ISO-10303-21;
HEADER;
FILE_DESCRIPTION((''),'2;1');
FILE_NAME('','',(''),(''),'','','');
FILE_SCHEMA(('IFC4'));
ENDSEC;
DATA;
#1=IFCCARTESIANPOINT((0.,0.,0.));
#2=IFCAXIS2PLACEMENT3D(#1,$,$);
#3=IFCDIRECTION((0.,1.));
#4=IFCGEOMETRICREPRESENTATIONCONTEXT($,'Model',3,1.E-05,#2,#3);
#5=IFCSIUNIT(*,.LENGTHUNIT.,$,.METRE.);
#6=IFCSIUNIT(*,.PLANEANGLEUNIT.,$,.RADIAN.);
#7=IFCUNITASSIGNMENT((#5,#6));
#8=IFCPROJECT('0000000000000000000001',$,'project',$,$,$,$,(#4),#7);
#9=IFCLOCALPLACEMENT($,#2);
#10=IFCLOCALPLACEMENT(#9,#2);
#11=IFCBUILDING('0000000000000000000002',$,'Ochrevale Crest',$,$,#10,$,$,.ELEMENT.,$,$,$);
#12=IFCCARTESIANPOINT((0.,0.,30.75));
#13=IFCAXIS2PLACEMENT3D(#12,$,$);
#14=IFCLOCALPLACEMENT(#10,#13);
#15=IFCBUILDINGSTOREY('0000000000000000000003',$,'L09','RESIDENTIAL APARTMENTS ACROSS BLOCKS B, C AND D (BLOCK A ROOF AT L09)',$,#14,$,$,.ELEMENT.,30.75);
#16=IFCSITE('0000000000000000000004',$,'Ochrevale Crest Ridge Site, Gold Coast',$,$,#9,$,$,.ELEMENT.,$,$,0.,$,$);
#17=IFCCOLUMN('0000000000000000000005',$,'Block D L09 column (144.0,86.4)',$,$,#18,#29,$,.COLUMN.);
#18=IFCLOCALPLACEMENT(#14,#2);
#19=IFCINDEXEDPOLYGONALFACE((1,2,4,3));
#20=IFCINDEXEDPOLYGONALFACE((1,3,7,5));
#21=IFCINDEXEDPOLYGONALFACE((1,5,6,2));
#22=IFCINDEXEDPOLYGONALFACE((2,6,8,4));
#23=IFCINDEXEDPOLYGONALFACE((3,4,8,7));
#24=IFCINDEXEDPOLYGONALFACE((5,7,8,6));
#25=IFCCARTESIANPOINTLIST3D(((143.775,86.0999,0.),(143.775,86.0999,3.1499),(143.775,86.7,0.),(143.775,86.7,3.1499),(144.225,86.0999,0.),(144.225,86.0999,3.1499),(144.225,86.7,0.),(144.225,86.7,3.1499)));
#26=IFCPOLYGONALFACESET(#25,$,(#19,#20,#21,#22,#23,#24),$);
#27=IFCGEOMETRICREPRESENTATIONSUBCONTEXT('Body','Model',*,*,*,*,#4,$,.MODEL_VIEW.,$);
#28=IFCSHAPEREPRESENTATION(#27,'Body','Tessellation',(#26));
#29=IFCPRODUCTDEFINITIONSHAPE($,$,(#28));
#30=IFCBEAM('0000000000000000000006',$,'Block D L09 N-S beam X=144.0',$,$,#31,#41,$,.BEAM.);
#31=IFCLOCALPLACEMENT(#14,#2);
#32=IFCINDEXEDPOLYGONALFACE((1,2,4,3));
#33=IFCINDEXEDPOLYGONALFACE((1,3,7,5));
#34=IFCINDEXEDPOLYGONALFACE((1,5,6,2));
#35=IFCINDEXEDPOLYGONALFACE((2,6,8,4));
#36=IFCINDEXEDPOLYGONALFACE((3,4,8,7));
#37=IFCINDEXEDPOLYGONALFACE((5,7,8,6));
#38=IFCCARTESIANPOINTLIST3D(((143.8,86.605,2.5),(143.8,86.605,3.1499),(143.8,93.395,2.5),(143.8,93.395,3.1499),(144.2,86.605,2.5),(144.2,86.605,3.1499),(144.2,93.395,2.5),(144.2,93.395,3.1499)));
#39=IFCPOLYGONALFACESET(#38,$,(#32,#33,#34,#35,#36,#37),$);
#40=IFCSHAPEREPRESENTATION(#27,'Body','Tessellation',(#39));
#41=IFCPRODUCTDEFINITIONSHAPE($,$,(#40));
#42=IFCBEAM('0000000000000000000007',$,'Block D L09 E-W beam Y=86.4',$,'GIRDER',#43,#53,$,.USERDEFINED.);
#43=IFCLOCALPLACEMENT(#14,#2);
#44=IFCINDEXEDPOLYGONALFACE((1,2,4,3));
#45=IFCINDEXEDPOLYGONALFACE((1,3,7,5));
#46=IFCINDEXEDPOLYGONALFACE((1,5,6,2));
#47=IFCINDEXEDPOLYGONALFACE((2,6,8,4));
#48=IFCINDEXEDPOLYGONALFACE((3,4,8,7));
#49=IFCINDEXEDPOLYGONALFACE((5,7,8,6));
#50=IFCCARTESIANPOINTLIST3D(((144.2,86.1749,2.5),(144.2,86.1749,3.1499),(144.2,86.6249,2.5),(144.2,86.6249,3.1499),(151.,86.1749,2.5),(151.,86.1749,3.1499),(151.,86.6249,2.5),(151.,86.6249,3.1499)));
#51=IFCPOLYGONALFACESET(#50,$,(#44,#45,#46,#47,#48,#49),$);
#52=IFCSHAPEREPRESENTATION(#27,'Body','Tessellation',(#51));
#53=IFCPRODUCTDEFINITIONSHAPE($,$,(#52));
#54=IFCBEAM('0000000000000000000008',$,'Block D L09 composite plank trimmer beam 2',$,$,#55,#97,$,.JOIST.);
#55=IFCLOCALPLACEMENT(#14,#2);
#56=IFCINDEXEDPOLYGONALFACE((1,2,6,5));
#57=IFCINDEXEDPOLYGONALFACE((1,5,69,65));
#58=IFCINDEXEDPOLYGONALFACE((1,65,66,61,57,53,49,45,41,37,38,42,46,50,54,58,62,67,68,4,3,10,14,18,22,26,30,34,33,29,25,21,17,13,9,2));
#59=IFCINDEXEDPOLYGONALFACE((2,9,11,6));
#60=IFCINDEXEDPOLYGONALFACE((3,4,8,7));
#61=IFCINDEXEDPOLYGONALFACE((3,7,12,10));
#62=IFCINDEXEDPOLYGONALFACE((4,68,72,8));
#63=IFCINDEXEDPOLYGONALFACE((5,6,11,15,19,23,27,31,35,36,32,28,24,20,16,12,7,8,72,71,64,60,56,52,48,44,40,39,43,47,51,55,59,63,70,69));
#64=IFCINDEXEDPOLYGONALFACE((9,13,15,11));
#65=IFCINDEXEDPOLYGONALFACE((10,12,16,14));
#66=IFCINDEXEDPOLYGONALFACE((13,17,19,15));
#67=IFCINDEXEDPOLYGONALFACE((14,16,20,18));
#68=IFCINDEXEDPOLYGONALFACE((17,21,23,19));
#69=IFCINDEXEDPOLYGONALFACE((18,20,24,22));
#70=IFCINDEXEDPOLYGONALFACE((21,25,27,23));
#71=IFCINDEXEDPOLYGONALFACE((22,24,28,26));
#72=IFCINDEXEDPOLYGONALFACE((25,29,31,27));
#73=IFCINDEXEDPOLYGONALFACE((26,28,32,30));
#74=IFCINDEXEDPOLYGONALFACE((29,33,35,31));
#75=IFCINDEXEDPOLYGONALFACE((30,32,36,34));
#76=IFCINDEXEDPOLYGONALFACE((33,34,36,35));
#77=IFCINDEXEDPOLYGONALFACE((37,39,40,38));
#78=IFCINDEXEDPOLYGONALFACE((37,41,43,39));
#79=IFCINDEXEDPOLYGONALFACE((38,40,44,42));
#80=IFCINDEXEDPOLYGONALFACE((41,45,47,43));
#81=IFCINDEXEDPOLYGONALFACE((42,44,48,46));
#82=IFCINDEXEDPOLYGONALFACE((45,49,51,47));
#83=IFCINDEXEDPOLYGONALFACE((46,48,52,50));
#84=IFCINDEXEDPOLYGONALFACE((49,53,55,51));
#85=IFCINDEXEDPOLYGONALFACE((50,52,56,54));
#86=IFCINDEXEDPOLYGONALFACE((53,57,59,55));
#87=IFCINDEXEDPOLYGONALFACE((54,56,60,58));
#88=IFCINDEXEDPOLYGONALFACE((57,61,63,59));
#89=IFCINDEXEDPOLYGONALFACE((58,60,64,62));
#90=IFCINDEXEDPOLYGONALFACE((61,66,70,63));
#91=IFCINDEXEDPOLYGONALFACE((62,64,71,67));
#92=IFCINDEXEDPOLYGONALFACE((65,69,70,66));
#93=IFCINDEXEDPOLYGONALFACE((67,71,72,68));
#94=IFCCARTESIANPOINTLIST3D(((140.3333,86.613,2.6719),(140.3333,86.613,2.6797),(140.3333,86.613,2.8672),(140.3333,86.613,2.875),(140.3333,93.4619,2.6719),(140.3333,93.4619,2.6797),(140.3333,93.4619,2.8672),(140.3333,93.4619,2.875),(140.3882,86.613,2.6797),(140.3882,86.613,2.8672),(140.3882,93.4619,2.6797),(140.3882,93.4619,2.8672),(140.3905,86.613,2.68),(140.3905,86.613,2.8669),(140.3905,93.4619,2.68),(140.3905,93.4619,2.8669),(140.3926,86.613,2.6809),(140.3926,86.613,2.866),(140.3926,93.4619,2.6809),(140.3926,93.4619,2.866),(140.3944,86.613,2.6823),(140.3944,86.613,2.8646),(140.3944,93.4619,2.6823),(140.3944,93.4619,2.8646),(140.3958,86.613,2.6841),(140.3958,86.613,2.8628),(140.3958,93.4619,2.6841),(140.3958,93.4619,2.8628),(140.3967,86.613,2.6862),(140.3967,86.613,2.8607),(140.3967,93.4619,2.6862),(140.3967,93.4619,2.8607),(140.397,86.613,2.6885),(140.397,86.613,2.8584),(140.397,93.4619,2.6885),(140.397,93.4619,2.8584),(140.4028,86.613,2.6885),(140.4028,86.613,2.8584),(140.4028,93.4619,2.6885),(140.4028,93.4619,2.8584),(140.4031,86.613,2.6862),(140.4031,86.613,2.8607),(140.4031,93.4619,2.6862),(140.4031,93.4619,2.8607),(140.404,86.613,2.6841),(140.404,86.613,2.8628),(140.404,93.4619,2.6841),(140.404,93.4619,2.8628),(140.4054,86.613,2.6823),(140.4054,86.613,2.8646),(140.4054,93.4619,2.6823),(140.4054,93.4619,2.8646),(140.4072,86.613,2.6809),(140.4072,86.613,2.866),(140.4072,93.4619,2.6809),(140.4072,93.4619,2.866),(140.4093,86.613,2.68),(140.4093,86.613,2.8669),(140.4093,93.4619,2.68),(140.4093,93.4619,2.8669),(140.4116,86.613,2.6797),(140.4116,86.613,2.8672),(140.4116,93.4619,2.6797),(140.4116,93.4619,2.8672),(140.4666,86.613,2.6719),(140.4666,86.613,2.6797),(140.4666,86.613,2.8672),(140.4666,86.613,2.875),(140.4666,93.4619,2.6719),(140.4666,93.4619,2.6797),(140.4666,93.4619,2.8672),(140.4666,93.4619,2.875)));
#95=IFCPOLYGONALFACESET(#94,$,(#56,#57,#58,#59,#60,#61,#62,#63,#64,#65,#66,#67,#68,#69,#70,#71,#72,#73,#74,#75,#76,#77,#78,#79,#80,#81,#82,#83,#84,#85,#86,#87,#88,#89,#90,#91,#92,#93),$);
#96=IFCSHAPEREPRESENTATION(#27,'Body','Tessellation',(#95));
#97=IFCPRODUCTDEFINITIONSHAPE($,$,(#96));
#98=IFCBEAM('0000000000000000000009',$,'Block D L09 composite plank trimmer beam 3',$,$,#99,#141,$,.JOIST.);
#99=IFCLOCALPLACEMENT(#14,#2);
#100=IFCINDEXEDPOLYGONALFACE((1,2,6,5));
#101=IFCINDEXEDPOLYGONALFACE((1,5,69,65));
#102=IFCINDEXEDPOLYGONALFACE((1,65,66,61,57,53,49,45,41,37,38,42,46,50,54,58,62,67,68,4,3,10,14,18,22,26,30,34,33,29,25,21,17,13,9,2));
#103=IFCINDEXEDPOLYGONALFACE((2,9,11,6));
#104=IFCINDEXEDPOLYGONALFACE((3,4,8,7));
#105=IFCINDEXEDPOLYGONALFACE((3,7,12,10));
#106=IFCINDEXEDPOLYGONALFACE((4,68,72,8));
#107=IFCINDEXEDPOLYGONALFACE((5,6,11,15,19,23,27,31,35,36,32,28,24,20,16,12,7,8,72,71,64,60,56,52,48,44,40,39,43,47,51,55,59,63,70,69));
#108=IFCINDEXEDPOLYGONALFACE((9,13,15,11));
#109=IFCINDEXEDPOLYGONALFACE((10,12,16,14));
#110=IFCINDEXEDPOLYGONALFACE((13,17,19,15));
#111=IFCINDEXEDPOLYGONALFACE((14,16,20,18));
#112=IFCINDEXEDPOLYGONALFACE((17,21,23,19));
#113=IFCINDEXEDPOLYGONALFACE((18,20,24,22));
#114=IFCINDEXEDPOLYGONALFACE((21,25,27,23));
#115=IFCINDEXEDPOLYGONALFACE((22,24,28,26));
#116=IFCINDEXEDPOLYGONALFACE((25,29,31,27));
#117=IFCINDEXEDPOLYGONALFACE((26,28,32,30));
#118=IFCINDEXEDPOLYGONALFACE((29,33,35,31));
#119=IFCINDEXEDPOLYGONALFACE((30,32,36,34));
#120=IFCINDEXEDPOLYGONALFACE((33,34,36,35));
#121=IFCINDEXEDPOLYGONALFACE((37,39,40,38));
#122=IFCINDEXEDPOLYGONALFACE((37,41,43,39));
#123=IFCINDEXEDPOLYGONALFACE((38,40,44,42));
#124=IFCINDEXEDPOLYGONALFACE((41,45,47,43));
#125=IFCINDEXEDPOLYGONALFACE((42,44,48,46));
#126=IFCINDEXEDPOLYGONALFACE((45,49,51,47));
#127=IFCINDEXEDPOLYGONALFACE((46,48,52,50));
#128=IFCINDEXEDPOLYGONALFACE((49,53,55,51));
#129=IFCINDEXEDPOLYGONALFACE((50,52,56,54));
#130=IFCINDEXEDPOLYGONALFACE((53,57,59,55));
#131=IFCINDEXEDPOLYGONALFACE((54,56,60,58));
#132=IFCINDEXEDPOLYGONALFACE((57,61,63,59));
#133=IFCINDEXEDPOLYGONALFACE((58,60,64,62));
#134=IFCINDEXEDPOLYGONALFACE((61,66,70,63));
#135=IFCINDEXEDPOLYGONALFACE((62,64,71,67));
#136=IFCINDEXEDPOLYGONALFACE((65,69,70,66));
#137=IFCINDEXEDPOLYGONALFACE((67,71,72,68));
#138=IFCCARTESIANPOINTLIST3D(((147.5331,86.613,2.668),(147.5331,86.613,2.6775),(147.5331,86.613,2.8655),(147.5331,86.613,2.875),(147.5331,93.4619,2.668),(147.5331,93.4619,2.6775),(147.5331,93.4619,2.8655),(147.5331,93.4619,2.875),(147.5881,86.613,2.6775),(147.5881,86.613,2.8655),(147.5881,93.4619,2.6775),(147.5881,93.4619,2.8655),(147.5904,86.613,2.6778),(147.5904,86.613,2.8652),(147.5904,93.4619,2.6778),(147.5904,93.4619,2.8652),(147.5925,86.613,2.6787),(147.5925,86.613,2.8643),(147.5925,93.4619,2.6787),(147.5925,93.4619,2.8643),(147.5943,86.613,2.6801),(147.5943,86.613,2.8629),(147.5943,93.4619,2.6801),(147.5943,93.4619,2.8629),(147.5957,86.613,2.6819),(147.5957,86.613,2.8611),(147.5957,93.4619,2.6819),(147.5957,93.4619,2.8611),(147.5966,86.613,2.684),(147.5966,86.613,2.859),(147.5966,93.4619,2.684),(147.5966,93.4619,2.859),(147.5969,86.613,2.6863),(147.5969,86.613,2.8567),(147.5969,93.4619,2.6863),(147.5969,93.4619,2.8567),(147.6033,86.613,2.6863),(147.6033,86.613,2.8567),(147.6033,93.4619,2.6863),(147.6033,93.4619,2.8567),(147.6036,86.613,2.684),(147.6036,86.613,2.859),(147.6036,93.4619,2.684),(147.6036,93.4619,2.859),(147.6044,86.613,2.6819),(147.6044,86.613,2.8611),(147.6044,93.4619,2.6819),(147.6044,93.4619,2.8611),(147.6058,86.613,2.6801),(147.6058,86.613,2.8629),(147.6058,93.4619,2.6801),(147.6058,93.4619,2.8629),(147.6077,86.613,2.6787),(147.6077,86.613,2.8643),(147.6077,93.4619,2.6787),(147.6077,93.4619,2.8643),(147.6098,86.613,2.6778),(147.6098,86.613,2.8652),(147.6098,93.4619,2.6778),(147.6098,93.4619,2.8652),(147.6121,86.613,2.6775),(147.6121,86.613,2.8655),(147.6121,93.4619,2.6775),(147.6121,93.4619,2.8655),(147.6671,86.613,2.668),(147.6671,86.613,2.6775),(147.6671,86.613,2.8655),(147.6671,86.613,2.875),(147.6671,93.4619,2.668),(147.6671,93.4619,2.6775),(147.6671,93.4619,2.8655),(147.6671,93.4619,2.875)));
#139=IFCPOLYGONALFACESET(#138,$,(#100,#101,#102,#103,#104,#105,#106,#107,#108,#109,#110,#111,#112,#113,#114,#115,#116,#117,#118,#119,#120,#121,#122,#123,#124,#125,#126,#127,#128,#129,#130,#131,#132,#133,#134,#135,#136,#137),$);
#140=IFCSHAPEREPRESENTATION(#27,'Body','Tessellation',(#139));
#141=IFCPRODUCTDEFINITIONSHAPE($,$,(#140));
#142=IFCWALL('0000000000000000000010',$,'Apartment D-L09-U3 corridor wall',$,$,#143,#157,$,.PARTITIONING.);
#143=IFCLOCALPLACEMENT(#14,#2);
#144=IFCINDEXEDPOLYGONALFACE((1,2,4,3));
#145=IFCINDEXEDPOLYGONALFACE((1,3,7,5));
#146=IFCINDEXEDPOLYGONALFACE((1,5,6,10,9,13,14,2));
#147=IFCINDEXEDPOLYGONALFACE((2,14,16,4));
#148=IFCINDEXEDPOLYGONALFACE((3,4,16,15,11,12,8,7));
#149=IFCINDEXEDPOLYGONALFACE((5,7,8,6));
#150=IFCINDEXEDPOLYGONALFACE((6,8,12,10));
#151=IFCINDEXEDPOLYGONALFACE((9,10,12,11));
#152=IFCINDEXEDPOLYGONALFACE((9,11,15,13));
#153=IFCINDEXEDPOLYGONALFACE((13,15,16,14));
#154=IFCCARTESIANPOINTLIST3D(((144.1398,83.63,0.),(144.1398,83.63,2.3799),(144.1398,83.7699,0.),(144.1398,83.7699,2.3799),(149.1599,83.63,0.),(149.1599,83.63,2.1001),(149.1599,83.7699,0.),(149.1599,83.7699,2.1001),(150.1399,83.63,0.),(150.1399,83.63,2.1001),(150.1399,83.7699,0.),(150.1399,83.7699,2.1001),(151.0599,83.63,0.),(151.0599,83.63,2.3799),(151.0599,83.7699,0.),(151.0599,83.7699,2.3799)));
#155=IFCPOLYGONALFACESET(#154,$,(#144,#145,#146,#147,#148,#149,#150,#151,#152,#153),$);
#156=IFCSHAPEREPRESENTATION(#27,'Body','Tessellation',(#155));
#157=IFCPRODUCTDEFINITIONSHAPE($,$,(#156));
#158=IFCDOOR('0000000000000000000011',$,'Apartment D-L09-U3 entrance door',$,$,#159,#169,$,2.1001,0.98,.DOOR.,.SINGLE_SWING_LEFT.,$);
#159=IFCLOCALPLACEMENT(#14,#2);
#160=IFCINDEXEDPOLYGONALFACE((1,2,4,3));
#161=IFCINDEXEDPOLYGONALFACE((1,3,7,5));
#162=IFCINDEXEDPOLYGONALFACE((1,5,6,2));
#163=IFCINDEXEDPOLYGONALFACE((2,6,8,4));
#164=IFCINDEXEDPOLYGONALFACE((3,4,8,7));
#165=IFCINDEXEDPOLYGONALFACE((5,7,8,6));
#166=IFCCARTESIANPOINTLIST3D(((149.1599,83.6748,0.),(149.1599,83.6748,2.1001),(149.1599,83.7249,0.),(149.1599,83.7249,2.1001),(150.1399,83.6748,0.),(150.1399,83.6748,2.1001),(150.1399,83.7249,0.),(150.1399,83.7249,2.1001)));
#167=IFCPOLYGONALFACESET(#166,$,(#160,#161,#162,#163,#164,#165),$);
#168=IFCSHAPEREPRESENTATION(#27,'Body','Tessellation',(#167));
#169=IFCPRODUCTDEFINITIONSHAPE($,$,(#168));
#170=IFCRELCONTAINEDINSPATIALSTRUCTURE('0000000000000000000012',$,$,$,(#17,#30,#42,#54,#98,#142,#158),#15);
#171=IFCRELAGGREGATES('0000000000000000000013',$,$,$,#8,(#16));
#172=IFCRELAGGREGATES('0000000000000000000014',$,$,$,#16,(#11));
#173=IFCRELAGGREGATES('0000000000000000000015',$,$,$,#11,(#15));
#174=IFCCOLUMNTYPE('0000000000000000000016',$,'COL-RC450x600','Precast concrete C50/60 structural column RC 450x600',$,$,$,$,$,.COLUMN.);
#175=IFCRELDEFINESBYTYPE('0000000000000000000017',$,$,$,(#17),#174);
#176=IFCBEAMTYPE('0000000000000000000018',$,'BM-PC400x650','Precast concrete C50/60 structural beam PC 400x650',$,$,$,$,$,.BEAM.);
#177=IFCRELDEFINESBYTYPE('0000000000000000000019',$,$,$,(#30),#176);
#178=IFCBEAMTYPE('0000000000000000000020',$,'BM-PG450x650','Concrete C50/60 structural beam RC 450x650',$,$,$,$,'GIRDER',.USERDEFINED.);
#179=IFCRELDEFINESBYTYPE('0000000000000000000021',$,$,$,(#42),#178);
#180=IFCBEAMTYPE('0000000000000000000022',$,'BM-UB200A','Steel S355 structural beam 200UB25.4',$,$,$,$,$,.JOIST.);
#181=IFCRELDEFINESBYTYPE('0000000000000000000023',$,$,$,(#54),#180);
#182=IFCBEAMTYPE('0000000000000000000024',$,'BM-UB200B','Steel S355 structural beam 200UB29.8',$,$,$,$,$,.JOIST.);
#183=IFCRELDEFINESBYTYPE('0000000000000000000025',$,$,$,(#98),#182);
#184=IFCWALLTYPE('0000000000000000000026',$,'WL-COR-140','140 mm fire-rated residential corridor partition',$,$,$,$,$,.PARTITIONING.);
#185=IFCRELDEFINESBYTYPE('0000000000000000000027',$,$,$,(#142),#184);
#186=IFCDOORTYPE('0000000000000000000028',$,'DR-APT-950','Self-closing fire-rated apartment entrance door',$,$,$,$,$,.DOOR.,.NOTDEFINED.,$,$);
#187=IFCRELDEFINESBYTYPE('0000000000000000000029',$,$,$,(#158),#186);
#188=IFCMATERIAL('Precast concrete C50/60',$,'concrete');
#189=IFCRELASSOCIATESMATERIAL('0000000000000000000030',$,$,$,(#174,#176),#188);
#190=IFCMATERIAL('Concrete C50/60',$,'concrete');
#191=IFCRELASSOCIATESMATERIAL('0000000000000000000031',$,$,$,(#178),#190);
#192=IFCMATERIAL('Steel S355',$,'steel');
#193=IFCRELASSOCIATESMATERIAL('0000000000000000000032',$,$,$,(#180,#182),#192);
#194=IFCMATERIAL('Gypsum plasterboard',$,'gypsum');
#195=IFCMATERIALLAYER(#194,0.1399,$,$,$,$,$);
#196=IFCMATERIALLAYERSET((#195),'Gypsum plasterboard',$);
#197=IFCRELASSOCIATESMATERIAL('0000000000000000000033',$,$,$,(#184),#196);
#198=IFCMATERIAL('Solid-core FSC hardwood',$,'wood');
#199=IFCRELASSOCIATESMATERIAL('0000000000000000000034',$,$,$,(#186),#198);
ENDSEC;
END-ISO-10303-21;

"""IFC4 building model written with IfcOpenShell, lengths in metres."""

from ifc_helpers import new_model, si_unit, direction, frame, frame_2d, origin, origin_2d, place, context, subcontext, project, spatial, rectangle, i_section, extrude, material, layer, layer_set, material_profile, profile_set, type_object, element, fill, save


model = new_model("IFC4")

# Units and contexts
model_context = context("Model", 3, precision=1e-05, world=origin(), true_north=direction((0.0, 1.0)))
body_context = subcontext(model_context, "Body", "Model", "MODEL_VIEW")
ifc_project = project(units=[si_unit("LENGTHUNIT", "METRE"), si_unit("PLANEANGLEUNIT", "RADIAN")], contexts=[model_context])

# Site, building, storey
site_placement = place(None, origin())
site = spatial("IfcSite", under=ifc_project, at=site_placement, Name="Ochrevale Crest Ridge Site, Gold Coast", CompositionType="ELEMENT", RefElevation=0.0)
building_placement = place(site_placement, origin())
building = spatial("IfcBuilding", under=site, at=building_placement, Name="Ochrevale Crest", CompositionType="ELEMENT")
storey_placement = place(building_placement, frame((0.0, 0.0, 30.75)))
storey = spatial("IfcBuildingStorey", under=building, at=storey_placement, Name="L09", Description="RESIDENTIAL APARTMENTS ACROSS BLOCKS B, C AND D (BLOCK A ROOF AT L09)", CompositionType="ELEMENT", Elevation=30.75)

# Column
ifc_material_1 = material(Name="Precast concrete C50/60", Category="concrete")
ifc_material_profile_1 = material_profile(ifc_material_1, rectangle(XDim=0.45, YDim=0.6001, at=origin_2d()), Name="RC 450x600")
ifc_profile_set_1 = profile_set([ifc_material_profile_1], Name="Precast concrete C50/60")
column_type = type_object("IfcColumnType", Name="COL-RC450x600", Description="Precast concrete C50/60 structural column RC 450x600", PredefinedType="COLUMN", material=ifc_profile_set_1)
column_placement = place(storey_placement, frame((144.0, 86.3999, 0.0), z_axis=(0.0, 0.0, 1.0), x_axis=(1.0, 0.0, 0.0)))
element("IfcColumn", 1, at=column_placement, inside=storey, type_object=column_type, Name="Block D L09 column (144.0,86.4)", PredefinedType="COLUMN", context=body_context, shape_type="SweptSolid", body=[
    extrude(rectangle(XDim=0.45, YDim=0.6001, at=origin_2d()), origin(), (0.0, 0.0, 1.0), 3.1499),
])

# Beams
ifc_material_profile_2 = material_profile(ifc_material_1, rectangle(XDim=0.3999, YDim=0.6499, at=origin_2d()), Name="PC 400x650")
ifc_profile_set_2 = profile_set([ifc_material_profile_2], Name="Precast concrete C50/60")
beam_type_1 = type_object("IfcBeamType", Name="BM-PC400x650", Description="Precast concrete C50/60 structural beam PC 400x650", PredefinedType="BEAM", material=ifc_profile_set_2)
beam_1_placement = place(storey_placement, frame((144.0, 86.605, 2.825), z_axis=(0.0, 1.0, 0.0), x_axis=(-1.0, 0.0, 0.0)))
element("IfcBeam", 2, at=beam_1_placement, inside=storey, type_object=beam_type_1, Name="Block D L09 N-S beam X=144.0", PredefinedType="BEAM", context=body_context, shape_type="SweptSolid", body=[
    extrude(rectangle(XDim=0.3999, YDim=0.6499, at=origin_2d()), origin(), (0.0, 0.0, 1.0), 6.79),
])
ifc_material_2 = material(Name="Concrete C50/60", Category="concrete")
ifc_material_profile_3 = material_profile(ifc_material_2, rectangle(XDim=0.45, YDim=0.6499, at=origin_2d()), Name="RC 450x650")
ifc_profile_set_3 = profile_set([ifc_material_profile_3], Name="Concrete C50/60")
beam_type_2 = type_object("IfcBeamType", Name="BM-PG450x650", Description="Concrete C50/60 structural beam RC 450x650", ElementType="GIRDER", PredefinedType="USERDEFINED", material=ifc_profile_set_3)
beam_2_placement = place(storey_placement, frame((144.2, 86.3999, 2.825), z_axis=(1.0, 0.0, 0.0), x_axis=(0.0, 1.0, 0.0)))
element("IfcBeam", 3, at=beam_2_placement, inside=storey, type_object=beam_type_2, Name="Block D L09 E-W beam Y=86.4", ObjectType="GIRDER", PredefinedType="USERDEFINED", context=body_context, shape_type="SweptSolid", body=[
    extrude(rectangle(XDim=0.45, YDim=0.6499, at=origin_2d()), origin(), (0.0, 0.0, 1.0), 6.8),
])
ifc_material_3 = material(Name="Steel S355", Category="steel")
ifc_material_profile_4 = material_profile(ifc_material_3, i_section(OverallWidth=0.1333, OverallDepth=0.2031, WebThickness=0.0059, FlangeThickness=0.0078, FilletRadius=0.0088, at=origin_2d()), Name="200UB25.4")
ifc_profile_set_4 = profile_set([ifc_material_profile_4], Name="Steel S355")
beam_type_3 = type_object("IfcBeamType", Name="BM-UB200A", Description="Steel S355 structural beam 200UB25.4", PredefinedType="JOIST", material=ifc_profile_set_4)
beam_3_placement = place(storey_placement, frame((140.3999, 86.613, 2.7734), z_axis=(0.0, 1.0, 0.0), x_axis=(-1.0, 0.0, 0.0)))
element("IfcBeam", 4, at=beam_3_placement, inside=storey, type_object=beam_type_3, Name="Block D L09 composite plank trimmer beam 2", PredefinedType="JOIST", context=body_context, shape_type="SweptSolid", body=[
    extrude(i_section(OverallWidth=0.1333, OverallDepth=0.2031, WebThickness=0.0059, FlangeThickness=0.0078, FilletRadius=0.0088, at=origin_2d()), origin(), (0.0, 0.0, 1.0), 6.8489),
])
ifc_material_profile_5 = material_profile(ifc_material_3, i_section(OverallWidth=0.134, OverallDepth=0.207, WebThickness=0.0063, FlangeThickness=0.0095, FilletRadius=0.0088, at=origin_2d()), Name="200UB29.8")
ifc_profile_set_5 = profile_set([ifc_material_profile_5], Name="Steel S355")
beam_type_4 = type_object("IfcBeamType", Name="BM-UB200B", Description="Steel S355 structural beam 200UB29.8", PredefinedType="JOIST", material=ifc_profile_set_5)
beam_4_placement = place(storey_placement, frame((147.6001, 86.613, 2.7715), z_axis=(0.0, 1.0, 0.0), x_axis=(-1.0, 0.0, 0.0)))
element("IfcBeam", 5, at=beam_4_placement, inside=storey, type_object=beam_type_4, Name="Block D L09 composite plank trimmer beam 3", PredefinedType="JOIST", context=body_context, shape_type="SweptSolid", body=[
    extrude(i_section(OverallWidth=0.134, OverallDepth=0.207, WebThickness=0.0063, FlangeThickness=0.0095, FilletRadius=0.0088, at=origin_2d()), origin(), (0.0, 0.0, 1.0), 6.8489),
])

# Wall, opening, door
ifc_material_4 = material(Name="Gypsum plasterboard", Category="gypsum")
ifc_layer_1 = layer(ifc_material_4, 0.1399)
ifc_layer_set_1 = layer_set([ifc_layer_1], Name="Gypsum plasterboard")
wall_type_1 = type_object("IfcWallType", Name="WL-COR-140", Description="140 mm fire-rated residential corridor partition", PredefinedType="PARTITIONING", material=ifc_layer_set_1)
wall_1_placement = place(storey_placement, frame((144.1399, 83.7, 0.0), z_axis=(0.0, 0.0, 1.0), x_axis=(1.0, 0.0, 0.0)))
wall_1 = element("IfcWall", 6, at=wall_1_placement, inside=storey, type_object=wall_type_1, Name="Apartment D-L09-U3 corridor wall", PredefinedType="PARTITIONING", context=body_context, shape_type="SweptSolid", body=[
    extrude(rectangle(XDim=6.9202, YDim=0.1399, at=frame_2d((3.46, 0.0))), origin(), (0.0, 0.0, 1.0), 2.3799),
])
opening_1_placement = place(wall_1_placement, frame((5.02, 0.0, 0.0)))
opening_1 = element("IfcOpeningElement", 7, at=opening_1_placement, cuts=wall_1, PredefinedType="OPENING", context=body_context, shape_type="SweptSolid", body=[
    extrude(rectangle(XDim=0.98, YDim=2.1001, at=frame_2d((0.49, 1.05))), frame((0.0, 0.0801, 0.0), z_axis=(0.0, -1.0, 0.0), x_axis=(1.0, 0.0, 0.0)), (0.0, 0.0, 1.0), 0.1599),
])
ifc_material_5 = material(Name="Solid-core FSC hardwood", Category="wood")
door_type_1 = type_object("IfcDoorType", Name="DR-APT-950", Description="Self-closing fire-rated apartment entrance door", OperationType="NOTDEFINED", PredefinedType="DOOR", material=ifc_material_5)
door_1_placement = place(opening_1_placement, origin())
door_1 = element("IfcDoor", 8, at=door_1_placement, inside=storey, type_object=door_type_1, Name="Apartment D-L09-U3 entrance door", OperationType="SINGLE_SWING_LEFT", OverallHeight=2.1001, OverallWidth=0.98, PredefinedType="DOOR", context=body_context, shape_type="SweptSolid", body=[
    extrude(rectangle(XDim=0.98, YDim=2.1001, at=frame_2d((0.49, 1.05))), frame((0.0, 0.0249, 0.0), z_axis=(0.0, -1.0, 0.0), x_axis=(1.0, 0.0, 0.0)), (0.0, 0.0, 1.0), 0.05),
])
fill(opening_1, door_1)

save(model, "model.ifc")
